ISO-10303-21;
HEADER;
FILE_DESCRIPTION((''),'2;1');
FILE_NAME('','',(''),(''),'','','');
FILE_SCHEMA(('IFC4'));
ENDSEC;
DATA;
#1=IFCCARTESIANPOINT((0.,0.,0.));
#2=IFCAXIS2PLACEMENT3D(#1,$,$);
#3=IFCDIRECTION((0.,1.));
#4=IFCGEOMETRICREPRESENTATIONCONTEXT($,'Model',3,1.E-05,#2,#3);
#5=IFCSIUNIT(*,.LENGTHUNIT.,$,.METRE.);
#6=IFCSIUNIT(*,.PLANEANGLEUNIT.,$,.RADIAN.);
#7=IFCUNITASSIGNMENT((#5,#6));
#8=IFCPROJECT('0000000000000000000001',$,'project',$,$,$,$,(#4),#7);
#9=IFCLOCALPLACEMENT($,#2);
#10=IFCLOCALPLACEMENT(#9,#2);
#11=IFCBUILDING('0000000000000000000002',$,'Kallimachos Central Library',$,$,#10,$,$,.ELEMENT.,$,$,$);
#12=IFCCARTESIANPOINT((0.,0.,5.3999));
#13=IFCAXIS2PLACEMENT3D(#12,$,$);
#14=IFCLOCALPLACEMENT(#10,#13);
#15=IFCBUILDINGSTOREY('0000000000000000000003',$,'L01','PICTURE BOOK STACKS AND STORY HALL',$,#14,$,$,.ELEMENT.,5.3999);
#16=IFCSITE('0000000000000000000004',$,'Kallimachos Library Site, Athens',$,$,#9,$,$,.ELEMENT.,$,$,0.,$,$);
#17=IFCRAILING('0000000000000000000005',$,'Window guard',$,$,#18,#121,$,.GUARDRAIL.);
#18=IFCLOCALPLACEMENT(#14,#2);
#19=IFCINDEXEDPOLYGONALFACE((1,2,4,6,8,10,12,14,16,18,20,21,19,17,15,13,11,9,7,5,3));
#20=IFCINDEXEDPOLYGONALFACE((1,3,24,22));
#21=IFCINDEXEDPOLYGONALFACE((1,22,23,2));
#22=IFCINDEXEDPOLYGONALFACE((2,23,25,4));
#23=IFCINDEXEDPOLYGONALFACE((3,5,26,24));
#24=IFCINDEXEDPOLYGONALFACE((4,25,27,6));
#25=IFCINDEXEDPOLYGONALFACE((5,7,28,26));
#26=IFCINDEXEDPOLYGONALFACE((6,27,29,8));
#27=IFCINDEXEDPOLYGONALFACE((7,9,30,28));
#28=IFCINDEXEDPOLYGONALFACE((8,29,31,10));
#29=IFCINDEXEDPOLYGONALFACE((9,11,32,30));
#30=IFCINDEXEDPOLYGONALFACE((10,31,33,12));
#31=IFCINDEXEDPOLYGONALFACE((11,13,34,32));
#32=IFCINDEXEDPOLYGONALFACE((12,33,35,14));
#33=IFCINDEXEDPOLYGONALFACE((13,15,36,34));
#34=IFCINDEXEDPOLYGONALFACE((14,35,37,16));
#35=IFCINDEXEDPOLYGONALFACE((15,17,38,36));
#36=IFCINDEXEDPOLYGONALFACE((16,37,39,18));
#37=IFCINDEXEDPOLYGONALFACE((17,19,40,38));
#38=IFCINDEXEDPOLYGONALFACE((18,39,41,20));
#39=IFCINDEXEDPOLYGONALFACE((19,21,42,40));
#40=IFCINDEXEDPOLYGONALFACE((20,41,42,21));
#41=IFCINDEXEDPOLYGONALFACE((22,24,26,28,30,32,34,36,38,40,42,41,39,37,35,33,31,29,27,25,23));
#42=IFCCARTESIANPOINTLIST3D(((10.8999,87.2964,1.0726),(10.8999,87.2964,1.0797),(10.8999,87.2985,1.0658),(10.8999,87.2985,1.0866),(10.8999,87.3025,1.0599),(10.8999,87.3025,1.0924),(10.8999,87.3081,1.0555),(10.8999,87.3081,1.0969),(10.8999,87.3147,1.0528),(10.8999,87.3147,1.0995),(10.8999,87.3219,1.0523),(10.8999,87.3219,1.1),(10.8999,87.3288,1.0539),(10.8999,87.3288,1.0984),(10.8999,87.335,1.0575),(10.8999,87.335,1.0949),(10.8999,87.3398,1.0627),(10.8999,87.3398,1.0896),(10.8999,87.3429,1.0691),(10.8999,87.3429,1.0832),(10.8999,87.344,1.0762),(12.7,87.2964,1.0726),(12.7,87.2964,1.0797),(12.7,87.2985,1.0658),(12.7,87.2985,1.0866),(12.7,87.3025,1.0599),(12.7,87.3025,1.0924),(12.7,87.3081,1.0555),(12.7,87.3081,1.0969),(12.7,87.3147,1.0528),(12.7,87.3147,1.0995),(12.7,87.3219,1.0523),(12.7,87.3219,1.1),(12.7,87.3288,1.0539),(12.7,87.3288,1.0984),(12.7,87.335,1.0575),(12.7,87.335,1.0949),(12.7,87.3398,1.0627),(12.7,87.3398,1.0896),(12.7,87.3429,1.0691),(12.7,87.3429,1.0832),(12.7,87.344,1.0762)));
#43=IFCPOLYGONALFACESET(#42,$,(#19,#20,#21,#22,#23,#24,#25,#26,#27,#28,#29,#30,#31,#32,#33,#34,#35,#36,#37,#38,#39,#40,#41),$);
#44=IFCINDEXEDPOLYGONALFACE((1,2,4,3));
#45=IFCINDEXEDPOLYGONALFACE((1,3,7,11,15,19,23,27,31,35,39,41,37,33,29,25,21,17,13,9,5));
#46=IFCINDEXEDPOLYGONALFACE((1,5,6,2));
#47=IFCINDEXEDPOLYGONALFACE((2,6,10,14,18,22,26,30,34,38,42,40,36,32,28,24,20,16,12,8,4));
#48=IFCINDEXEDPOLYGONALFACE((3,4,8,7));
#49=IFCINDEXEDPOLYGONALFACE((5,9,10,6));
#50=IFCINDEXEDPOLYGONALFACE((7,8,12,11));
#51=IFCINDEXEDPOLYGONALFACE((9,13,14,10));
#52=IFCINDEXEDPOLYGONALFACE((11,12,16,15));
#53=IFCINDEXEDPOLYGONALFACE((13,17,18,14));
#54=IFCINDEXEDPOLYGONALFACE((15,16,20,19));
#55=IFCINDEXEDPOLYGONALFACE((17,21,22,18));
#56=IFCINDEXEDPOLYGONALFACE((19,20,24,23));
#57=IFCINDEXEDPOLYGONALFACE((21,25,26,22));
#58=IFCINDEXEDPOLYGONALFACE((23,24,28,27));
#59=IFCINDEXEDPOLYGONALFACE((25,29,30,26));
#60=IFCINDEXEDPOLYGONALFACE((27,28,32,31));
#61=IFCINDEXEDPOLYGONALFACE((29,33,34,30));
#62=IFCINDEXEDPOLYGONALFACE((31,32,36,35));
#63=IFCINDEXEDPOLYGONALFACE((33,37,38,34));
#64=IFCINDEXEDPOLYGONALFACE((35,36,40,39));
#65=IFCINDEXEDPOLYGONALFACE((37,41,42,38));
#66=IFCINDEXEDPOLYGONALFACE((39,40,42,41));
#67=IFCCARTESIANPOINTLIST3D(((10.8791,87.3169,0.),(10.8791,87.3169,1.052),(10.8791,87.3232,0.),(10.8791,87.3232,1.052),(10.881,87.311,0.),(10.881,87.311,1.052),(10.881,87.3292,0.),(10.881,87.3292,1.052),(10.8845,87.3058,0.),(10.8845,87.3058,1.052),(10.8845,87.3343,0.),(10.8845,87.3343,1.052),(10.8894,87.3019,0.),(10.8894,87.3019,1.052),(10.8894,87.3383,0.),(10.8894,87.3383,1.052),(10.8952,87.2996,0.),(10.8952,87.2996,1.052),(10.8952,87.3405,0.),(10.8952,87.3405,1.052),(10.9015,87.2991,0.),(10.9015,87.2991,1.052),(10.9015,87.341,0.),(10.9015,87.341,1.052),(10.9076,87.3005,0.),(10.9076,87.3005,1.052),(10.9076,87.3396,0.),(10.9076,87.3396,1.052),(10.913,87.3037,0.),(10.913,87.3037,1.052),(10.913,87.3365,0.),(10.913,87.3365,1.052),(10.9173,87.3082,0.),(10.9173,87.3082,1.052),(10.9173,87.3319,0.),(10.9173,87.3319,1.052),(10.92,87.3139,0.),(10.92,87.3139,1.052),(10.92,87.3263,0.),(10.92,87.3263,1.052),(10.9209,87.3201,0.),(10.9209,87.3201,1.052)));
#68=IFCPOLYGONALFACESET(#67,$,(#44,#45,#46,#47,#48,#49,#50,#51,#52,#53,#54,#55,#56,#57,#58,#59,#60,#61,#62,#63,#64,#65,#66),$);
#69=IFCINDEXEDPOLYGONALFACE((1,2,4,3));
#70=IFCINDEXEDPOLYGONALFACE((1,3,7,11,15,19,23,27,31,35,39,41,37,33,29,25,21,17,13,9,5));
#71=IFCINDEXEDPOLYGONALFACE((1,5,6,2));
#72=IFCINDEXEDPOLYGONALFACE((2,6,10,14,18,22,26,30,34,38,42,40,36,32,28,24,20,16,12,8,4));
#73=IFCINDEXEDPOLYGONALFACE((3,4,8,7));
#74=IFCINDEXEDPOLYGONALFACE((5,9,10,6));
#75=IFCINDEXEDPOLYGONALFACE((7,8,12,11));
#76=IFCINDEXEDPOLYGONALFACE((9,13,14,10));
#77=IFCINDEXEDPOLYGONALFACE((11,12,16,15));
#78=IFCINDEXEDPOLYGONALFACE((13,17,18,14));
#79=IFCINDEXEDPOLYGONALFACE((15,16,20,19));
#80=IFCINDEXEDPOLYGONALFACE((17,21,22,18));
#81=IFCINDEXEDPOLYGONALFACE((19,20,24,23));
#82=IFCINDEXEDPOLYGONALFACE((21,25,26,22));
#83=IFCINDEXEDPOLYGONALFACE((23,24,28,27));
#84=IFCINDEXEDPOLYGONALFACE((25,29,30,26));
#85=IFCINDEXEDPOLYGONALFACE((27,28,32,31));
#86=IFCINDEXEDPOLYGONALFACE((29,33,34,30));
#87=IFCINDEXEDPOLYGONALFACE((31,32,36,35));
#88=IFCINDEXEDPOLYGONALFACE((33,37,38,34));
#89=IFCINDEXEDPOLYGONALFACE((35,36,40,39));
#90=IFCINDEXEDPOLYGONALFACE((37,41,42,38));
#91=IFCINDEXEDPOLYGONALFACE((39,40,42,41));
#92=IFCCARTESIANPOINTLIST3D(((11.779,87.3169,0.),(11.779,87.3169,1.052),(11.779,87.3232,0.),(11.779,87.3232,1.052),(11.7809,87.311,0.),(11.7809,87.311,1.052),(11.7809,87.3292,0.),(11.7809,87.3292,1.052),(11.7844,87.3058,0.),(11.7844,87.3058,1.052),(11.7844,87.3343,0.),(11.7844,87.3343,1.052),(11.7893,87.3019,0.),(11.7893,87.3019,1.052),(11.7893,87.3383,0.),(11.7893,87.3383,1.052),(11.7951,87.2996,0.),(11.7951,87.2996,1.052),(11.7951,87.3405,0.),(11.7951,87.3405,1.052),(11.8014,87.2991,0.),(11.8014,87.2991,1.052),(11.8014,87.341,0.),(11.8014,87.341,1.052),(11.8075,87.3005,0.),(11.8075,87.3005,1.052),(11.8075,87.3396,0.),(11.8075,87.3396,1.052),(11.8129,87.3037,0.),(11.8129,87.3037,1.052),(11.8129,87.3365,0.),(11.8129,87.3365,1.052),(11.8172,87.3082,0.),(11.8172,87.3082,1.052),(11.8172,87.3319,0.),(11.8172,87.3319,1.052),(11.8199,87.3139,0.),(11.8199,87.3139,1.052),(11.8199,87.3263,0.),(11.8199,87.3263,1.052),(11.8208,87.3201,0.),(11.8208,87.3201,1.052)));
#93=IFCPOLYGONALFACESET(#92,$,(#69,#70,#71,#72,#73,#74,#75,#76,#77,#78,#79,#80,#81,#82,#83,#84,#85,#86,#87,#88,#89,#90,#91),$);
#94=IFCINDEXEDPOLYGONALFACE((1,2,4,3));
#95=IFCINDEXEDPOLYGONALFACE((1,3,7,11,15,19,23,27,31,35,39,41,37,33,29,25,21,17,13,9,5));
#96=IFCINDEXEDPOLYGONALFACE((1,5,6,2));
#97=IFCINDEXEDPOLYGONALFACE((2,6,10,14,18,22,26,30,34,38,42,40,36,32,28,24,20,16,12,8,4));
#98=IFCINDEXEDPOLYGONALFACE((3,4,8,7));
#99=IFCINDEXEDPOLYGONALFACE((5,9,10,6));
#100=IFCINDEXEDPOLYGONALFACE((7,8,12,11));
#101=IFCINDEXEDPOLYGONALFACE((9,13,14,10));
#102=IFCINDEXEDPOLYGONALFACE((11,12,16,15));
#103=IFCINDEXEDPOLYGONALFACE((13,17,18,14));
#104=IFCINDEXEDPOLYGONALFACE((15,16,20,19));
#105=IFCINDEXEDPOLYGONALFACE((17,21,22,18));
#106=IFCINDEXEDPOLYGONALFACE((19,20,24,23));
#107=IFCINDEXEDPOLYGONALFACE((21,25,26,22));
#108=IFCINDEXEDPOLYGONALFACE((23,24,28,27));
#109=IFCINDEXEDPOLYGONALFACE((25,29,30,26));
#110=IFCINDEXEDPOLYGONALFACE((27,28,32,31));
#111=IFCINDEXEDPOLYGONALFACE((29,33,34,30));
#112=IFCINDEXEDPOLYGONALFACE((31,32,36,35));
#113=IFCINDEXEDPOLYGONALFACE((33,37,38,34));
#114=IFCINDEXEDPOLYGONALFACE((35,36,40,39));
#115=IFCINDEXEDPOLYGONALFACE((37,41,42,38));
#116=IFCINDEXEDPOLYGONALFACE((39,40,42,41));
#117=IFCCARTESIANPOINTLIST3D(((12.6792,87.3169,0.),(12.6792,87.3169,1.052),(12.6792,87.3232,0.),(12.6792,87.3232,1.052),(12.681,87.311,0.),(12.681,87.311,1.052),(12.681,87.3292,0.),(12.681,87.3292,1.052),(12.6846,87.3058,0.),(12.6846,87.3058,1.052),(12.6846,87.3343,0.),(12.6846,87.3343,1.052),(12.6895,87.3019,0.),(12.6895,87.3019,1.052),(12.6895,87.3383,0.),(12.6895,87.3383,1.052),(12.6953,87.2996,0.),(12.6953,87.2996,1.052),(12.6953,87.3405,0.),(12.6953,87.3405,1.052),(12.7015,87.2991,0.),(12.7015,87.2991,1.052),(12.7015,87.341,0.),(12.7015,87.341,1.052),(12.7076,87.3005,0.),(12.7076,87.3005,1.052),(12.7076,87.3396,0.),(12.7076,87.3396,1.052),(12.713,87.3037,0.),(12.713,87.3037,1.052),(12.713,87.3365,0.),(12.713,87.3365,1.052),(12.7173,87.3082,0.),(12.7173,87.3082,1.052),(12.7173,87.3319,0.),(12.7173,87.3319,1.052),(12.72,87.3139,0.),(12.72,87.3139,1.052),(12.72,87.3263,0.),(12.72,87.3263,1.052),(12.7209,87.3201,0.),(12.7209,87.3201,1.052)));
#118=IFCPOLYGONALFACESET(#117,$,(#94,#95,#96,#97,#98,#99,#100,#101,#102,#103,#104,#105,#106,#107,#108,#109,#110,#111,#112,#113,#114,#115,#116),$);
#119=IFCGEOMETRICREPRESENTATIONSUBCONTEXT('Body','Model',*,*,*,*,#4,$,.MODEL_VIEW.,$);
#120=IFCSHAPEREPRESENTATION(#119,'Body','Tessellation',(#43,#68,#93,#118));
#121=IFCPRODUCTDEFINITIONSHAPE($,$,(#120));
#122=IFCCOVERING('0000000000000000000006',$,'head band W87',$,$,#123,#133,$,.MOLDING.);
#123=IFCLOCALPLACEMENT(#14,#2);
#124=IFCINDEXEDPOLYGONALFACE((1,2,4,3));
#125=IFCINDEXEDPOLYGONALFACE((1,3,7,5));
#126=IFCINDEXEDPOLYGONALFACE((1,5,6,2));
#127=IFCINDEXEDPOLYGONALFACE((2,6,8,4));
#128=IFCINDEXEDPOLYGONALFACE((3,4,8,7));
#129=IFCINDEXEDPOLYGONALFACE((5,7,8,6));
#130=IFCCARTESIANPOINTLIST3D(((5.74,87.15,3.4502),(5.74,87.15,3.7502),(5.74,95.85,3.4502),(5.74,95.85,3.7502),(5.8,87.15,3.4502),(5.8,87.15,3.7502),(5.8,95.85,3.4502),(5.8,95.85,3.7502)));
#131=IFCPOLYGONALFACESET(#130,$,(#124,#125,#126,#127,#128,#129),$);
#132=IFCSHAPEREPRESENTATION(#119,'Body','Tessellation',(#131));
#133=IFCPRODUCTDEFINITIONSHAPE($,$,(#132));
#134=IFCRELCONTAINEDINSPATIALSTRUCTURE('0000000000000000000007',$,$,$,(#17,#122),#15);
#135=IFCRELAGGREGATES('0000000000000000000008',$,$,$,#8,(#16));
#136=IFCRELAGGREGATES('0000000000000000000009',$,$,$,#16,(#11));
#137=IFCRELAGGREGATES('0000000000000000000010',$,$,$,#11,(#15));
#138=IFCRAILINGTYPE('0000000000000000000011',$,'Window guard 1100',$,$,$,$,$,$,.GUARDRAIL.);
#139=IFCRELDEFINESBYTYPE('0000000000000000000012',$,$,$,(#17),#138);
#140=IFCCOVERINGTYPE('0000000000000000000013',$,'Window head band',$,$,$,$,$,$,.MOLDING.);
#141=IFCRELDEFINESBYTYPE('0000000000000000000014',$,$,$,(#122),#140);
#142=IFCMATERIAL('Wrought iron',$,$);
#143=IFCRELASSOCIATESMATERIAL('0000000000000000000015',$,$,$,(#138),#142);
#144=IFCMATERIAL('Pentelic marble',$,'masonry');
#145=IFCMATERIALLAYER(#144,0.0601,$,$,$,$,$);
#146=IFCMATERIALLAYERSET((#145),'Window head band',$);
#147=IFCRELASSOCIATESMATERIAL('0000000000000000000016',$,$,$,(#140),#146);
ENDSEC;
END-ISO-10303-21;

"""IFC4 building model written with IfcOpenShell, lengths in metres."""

from ifc_helpers import new_model, si_unit, direction, frame, origin, origin_2d, place, context, subcontext, project, spatial, rectangle, circle, extrude, material, layer, layer_set, type_object, element, save


model = new_model("IFC4")

# Units and contexts
model_context = context("Model", 3, precision=1e-05, world=origin(), true_north=direction((0.0, 1.0)))
body_context = subcontext(model_context, "Body", "Model", "MODEL_VIEW")
ifc_project = project(units=[si_unit("LENGTHUNIT", "METRE"), si_unit("PLANEANGLEUNIT", "RADIAN")], contexts=[model_context])

# Site, building, storey
site_placement = place(None, origin())
site = spatial("IfcSite", under=ifc_project, at=site_placement, Name="Kallimachos Library Site, Athens", CompositionType="ELEMENT", RefElevation=0.0)
building_placement = place(site_placement, origin())
building = spatial("IfcBuilding", under=site, at=building_placement, Name="Kallimachos Central Library", CompositionType="ELEMENT")
storey_placement = place(building_placement, frame((0.0, 0.0, 5.3999)))
storey = spatial("IfcBuildingStorey", under=building, at=storey_placement, Name="L01", Description="PICTURE BOOK STACKS AND STORY HALL", CompositionType="ELEMENT", Elevation=5.3999)

# Railing
ifc_material_1 = material(Name="Wrought iron")
railing_type_1 = type_object("IfcRailingType", Name="Window guard 1100", PredefinedType="GUARDRAIL", material=ifc_material_1)
railing_1_placement = place(storey_placement, frame((10.8999, 87.3201, 0.0)))
element("IfcRailing", 1, at=railing_1_placement, inside=storey, type_object=railing_type_1, Name="Window guard", PredefinedType="GUARDRAIL", context=body_context, shape_type="SweptSolid", body=[
    extrude(circle(Radius=0.0239, at=origin_2d()), frame((0.0, 0.0, 1.0762), z_axis=(1.0, 0.0, 0.0), x_axis=(0.0, 1.0, 0.0)), (0.0, 0.0, 1.0), 1.8),
    extrude(circle(Radius=0.021, at=origin_2d()), origin(), (0.0, 0.0, 1.0), 1.052),
    extrude(circle(Radius=0.021, at=origin_2d()), frame((0.8999, 0.0, 0.0)), (0.0, 0.0, 1.0), 1.052),
    extrude(circle(Radius=0.021, at=origin_2d()), frame((1.8, 0.0, 0.0)), (0.0, 0.0, 1.0), 1.052),
])

# Covering
ifc_material_2 = material(Name="Pentelic marble", Category="masonry")
ifc_layer_1 = layer(ifc_material_2, 0.0601)
ifc_layer_set_1 = layer_set([ifc_layer_1], Name="Window head band")
covering_type_1 = type_object("IfcCoveringType", Name="Window head band", PredefinedType="MOLDING", material=ifc_layer_set_1)
covering_1_placement = place(storey_placement, frame((5.77, 91.5, 3.4502), z_axis=(0.0, 0.0, 1.0), x_axis=(1.0, 0.0, 0.0)))
element("IfcCovering", 2, at=covering_1_placement, inside=storey, type_object=covering_type_1, Name="head band W87", PredefinedType="MOLDING", context=body_context, shape_type="SweptSolid", body=[
    extrude(rectangle(XDim=0.0601, YDim=8.7, at=origin_2d()), origin(), (0.0, 0.0, 1.0), 0.3),
])

save(model, "model.ifc")
